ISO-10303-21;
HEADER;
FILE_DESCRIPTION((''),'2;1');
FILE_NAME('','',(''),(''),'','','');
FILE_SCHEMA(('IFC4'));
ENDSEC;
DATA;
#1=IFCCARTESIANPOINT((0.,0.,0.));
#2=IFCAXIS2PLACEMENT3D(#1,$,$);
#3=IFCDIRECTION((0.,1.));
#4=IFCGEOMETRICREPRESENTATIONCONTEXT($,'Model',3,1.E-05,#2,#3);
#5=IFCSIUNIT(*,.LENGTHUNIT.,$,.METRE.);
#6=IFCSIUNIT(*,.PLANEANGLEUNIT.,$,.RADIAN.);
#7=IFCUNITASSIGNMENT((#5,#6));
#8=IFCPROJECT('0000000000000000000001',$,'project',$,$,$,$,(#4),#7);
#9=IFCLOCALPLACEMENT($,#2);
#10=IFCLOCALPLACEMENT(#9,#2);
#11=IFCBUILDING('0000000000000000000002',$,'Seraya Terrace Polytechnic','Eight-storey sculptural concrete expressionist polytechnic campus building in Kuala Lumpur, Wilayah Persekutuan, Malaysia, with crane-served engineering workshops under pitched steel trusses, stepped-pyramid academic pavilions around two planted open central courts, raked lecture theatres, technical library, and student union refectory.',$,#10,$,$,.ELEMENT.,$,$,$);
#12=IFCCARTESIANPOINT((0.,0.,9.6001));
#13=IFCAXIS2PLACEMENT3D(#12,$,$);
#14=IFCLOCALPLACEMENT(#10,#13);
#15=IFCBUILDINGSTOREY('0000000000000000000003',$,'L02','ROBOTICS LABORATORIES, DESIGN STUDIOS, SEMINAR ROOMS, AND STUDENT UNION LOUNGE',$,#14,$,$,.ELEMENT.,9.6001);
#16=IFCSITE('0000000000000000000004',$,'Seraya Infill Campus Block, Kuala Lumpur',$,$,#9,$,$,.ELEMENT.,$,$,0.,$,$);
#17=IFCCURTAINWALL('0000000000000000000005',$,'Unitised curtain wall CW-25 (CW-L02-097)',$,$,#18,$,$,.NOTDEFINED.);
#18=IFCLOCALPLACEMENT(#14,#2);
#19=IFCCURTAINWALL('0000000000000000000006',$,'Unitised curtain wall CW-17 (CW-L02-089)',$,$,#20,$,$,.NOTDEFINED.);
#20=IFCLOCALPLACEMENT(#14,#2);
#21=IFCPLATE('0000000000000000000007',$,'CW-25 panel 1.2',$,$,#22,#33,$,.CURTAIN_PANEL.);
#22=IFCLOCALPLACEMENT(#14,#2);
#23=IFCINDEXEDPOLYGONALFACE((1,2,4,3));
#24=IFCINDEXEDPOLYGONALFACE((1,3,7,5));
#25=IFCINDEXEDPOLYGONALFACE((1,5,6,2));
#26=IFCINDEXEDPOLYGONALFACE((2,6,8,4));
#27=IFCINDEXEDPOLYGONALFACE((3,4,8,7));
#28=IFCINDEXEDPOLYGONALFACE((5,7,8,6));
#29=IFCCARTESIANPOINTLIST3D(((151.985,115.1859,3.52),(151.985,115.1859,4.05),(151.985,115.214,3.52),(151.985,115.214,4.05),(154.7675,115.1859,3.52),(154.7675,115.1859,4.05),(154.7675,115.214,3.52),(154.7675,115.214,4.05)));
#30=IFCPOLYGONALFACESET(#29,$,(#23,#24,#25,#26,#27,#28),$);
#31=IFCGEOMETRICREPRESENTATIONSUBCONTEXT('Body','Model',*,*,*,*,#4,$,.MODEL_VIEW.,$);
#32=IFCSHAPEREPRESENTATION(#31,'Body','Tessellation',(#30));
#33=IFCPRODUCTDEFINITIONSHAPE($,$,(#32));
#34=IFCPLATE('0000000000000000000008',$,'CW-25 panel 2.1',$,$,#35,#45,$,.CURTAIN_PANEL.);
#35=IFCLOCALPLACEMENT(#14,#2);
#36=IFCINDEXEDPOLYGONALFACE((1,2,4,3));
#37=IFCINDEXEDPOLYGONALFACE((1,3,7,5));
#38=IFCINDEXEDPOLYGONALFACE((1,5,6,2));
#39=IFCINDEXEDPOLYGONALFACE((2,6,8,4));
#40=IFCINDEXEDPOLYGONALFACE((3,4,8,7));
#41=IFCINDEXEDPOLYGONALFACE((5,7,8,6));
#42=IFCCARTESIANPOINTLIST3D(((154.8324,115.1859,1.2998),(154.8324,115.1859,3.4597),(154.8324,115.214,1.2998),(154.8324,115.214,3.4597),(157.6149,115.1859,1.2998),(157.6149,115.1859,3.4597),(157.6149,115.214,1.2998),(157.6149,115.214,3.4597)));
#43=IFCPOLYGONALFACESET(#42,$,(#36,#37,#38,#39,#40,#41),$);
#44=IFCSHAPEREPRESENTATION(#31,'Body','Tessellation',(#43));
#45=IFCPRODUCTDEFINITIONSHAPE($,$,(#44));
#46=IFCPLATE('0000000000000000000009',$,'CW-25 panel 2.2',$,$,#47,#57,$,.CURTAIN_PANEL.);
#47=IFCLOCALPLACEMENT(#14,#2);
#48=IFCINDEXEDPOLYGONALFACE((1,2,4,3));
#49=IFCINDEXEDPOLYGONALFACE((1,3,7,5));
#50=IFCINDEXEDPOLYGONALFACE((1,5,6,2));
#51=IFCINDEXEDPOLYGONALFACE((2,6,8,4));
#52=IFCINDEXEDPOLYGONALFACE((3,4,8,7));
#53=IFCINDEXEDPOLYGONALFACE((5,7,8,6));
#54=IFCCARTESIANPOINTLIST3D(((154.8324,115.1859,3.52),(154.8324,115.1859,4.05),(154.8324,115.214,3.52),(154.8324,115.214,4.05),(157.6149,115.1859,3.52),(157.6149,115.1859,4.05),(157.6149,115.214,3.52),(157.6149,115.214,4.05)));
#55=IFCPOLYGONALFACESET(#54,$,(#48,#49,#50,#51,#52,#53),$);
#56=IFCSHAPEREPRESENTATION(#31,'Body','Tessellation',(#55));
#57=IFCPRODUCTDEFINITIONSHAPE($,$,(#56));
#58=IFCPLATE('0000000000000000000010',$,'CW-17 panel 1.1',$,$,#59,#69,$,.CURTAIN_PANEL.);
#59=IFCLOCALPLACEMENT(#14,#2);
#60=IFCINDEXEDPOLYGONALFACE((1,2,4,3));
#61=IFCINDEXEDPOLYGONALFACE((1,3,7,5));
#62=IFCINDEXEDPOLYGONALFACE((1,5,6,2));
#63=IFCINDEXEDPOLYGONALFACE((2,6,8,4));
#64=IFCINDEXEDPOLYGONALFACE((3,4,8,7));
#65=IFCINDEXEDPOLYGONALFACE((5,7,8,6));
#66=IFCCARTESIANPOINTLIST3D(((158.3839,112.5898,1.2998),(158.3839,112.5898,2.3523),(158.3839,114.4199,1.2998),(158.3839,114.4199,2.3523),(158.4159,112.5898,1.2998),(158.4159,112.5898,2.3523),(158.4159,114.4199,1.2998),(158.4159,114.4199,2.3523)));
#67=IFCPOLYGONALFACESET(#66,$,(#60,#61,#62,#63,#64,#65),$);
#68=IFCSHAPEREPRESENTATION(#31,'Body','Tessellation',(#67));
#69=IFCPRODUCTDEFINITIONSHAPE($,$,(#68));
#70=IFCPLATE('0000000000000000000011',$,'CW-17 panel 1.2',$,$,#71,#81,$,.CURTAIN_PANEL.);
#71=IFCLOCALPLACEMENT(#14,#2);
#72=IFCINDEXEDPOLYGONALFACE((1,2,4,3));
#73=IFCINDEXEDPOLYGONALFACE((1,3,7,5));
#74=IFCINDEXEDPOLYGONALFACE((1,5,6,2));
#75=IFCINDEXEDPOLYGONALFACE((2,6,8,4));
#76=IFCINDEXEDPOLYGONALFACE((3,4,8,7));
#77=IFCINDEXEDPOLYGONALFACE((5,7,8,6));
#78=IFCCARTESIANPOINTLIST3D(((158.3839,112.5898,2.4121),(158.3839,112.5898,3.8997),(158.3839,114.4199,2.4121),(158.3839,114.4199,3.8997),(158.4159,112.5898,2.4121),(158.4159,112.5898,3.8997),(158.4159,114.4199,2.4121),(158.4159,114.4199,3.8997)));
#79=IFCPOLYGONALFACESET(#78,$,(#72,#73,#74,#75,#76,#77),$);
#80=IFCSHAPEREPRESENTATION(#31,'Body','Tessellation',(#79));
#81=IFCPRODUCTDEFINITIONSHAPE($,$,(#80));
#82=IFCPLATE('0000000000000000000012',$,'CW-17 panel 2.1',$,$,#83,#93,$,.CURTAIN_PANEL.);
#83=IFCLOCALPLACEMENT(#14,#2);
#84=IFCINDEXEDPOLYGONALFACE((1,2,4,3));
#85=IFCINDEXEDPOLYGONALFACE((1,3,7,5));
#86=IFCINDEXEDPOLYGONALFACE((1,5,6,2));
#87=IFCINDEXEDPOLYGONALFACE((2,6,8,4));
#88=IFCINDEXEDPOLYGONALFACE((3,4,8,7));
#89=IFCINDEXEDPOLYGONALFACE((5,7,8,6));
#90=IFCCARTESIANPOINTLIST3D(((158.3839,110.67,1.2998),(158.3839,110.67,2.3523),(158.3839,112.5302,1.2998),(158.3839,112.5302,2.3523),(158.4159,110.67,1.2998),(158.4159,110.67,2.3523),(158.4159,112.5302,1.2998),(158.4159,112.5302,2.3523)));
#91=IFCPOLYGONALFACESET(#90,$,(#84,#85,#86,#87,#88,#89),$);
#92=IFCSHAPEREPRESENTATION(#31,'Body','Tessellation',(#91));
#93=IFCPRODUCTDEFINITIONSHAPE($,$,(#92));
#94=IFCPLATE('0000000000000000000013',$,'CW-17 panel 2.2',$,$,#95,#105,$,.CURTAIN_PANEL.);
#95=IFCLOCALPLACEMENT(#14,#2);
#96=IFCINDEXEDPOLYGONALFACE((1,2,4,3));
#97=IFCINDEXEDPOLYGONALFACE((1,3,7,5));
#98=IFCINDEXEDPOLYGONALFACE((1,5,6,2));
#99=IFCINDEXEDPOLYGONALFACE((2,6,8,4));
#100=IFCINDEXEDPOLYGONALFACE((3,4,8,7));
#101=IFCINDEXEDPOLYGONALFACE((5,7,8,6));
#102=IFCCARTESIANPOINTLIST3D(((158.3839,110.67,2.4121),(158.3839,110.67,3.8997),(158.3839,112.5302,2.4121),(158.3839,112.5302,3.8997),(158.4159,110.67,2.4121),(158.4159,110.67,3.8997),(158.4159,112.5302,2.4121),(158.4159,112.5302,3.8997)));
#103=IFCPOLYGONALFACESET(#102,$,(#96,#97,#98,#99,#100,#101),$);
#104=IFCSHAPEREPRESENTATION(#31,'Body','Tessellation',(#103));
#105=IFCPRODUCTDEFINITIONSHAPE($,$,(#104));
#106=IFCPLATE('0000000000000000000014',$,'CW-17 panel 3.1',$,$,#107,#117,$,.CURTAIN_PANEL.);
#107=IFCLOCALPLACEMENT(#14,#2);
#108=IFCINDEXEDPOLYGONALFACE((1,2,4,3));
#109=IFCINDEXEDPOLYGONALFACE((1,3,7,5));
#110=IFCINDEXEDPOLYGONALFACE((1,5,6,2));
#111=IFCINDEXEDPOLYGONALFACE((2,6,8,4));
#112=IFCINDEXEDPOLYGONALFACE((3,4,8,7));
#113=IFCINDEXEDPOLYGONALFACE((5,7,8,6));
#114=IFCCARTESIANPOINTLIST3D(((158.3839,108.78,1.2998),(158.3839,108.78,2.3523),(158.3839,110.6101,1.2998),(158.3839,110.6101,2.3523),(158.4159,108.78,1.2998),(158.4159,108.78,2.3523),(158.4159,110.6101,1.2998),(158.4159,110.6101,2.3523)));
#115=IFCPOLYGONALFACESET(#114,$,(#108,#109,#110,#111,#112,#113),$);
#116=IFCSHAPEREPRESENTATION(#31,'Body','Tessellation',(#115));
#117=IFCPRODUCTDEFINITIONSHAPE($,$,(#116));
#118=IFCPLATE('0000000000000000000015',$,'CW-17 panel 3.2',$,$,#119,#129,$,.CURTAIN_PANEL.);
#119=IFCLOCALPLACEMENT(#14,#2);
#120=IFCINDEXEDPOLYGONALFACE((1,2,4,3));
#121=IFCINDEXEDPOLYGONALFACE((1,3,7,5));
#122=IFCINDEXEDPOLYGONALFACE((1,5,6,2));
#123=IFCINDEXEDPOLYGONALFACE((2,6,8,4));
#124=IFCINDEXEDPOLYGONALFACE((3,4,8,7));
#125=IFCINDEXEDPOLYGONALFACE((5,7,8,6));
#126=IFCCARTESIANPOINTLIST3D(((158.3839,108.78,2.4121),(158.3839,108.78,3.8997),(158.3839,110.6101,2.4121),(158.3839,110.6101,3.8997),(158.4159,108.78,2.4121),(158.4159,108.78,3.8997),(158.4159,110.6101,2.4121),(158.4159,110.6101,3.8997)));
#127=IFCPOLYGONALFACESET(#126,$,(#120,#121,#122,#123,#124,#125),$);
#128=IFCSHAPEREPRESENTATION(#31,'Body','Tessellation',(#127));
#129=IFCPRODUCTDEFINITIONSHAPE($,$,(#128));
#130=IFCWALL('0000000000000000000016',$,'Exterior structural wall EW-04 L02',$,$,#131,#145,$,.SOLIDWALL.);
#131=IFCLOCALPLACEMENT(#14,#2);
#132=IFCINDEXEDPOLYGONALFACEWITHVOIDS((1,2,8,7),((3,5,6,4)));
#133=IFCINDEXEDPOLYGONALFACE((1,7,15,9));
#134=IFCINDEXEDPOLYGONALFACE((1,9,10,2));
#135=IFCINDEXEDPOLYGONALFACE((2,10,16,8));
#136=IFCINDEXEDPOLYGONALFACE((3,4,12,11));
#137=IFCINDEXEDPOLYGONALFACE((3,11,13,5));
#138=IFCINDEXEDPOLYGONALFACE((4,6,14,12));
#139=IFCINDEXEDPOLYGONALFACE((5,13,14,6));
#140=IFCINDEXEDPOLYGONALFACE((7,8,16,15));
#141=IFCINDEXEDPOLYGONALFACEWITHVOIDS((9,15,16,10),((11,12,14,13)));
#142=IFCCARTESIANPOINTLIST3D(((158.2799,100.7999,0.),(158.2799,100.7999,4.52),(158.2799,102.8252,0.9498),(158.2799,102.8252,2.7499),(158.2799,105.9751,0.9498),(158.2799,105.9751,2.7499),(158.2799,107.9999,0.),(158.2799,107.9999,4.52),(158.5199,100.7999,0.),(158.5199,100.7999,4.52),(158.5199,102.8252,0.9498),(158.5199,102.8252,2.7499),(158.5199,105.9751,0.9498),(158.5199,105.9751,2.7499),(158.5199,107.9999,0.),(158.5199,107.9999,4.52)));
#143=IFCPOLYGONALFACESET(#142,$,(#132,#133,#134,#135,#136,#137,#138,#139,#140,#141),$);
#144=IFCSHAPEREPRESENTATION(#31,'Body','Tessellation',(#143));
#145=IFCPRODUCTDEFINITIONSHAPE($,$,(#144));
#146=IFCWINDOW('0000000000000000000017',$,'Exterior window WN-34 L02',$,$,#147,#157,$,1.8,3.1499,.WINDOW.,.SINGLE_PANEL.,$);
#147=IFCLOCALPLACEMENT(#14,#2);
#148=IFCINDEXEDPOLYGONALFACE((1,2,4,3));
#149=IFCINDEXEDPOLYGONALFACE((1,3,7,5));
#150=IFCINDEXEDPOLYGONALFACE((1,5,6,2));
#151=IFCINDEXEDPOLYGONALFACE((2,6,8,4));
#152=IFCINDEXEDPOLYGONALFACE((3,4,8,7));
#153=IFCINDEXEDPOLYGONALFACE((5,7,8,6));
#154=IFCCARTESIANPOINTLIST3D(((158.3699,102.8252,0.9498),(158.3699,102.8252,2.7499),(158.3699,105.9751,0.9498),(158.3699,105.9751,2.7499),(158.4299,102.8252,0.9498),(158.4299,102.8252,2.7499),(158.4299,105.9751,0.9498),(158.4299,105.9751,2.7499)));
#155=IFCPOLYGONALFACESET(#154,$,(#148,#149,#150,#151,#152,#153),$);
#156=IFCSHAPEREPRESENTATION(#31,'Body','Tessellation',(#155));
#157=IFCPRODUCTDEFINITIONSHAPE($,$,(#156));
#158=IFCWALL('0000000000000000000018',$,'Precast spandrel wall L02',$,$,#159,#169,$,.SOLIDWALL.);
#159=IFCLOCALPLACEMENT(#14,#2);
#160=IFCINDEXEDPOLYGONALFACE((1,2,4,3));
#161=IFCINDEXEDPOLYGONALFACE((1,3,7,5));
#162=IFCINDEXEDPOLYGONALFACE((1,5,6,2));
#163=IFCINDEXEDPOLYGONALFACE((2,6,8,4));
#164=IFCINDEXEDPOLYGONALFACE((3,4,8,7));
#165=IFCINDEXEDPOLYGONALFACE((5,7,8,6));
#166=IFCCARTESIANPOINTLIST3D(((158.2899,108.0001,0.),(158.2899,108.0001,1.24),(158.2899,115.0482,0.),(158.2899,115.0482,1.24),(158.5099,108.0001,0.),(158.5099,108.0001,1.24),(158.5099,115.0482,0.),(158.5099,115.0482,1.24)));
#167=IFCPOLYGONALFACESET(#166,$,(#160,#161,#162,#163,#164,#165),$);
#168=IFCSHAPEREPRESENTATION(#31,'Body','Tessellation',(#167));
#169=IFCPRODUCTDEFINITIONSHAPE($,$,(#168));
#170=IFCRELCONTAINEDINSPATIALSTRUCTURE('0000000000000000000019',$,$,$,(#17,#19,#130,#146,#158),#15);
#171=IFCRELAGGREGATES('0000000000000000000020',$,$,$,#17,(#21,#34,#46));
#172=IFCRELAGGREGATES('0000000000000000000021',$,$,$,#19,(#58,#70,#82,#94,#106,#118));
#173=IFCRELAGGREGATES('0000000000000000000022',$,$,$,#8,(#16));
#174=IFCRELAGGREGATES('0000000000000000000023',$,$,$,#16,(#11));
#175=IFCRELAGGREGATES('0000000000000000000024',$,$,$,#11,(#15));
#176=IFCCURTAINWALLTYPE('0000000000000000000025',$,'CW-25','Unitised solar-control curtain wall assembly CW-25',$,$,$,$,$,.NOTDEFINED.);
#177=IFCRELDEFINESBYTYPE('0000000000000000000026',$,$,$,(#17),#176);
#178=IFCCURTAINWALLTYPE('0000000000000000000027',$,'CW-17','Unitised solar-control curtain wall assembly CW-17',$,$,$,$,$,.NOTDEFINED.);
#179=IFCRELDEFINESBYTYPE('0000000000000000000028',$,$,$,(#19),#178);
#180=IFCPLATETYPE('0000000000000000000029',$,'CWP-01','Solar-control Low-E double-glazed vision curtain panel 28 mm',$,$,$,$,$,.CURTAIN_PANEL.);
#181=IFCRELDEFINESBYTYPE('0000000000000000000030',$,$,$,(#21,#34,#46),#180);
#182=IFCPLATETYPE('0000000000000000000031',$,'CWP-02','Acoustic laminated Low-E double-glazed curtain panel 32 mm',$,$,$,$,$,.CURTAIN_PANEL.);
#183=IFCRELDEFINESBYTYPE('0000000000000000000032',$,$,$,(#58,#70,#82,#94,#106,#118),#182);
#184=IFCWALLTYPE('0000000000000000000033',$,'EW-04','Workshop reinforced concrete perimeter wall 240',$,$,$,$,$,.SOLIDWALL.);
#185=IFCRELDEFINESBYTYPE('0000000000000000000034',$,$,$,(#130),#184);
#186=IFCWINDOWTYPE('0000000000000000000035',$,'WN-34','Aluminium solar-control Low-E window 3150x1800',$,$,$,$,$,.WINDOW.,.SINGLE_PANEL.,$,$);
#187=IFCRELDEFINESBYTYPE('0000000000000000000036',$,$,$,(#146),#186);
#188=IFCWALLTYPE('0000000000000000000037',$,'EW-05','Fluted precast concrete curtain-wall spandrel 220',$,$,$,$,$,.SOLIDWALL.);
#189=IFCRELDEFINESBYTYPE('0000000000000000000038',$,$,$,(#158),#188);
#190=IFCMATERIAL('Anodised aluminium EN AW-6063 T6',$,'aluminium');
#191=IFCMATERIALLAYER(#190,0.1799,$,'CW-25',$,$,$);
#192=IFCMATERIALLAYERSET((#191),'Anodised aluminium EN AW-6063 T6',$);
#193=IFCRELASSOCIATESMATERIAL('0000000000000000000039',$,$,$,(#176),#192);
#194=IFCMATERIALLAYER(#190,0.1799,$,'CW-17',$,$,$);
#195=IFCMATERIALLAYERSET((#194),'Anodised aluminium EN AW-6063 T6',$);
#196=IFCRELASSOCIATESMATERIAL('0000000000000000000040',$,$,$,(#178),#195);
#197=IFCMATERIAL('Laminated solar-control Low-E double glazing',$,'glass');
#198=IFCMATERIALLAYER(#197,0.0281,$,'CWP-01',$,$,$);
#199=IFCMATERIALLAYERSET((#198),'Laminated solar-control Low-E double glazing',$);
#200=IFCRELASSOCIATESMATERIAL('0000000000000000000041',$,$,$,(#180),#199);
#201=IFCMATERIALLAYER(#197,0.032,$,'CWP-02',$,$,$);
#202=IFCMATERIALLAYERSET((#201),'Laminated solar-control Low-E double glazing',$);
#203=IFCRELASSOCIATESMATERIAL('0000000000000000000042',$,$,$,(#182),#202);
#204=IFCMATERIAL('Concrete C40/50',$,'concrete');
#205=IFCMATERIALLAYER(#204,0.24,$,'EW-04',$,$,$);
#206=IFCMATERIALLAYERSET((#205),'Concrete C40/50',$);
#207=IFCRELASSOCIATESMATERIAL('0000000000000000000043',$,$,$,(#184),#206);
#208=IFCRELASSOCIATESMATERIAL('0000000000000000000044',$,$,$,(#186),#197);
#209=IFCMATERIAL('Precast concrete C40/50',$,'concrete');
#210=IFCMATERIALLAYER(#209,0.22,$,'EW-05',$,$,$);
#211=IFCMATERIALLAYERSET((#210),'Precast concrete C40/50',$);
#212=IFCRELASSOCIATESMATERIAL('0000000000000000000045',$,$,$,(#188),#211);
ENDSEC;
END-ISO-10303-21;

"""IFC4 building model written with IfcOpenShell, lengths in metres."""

from ifc_helpers import new_model, si_unit, direction, frame, frame_2d, origin, origin_2d, place, context, subcontext, project, spatial, rectangle, extrude, material, layer, layer_set, type_object, element, fill, aggregate, save


model = new_model("IFC4")

# Units and contexts
model_context = context("Model", 3, precision=1e-05, world=origin(), true_north=direction((0.0, 1.0)))
body_context = subcontext(model_context, "Body", "Model", "MODEL_VIEW")
ifc_project = project(units=[si_unit("LENGTHUNIT", "METRE"), si_unit("PLANEANGLEUNIT", "RADIAN")], contexts=[model_context])

# Site, building, storey
site_placement = place(None, origin())
site = spatial("IfcSite", under=ifc_project, at=site_placement, Name="Seraya Infill Campus Block, Kuala Lumpur", CompositionType="ELEMENT", RefElevation=0.0)
building_placement = place(site_placement, origin())
building = spatial("IfcBuilding", under=site, at=building_placement, Name="Seraya Terrace Polytechnic", Description="Eight-storey sculptural concrete expressionist polytechnic campus building in Kuala Lumpur, Wilayah Persekutuan, Malaysia, with crane-served engineering workshops under pitched steel trusses, stepped-pyramid academic pavilions around two planted open central courts, raked lecture theatres, technical library, and student union refectory.", CompositionType="ELEMENT")
storey_placement = place(building_placement, frame((0.0, 0.0, 9.6001)))
storey = spatial("IfcBuildingStorey", under=building, at=storey_placement, Name="L02", Description="ROBOTICS LABORATORIES, DESIGN STUDIOS, SEMINAR ROOMS, AND STUDENT UNION LOUNGE", CompositionType="ELEMENT", Elevation=9.6001)

# Shared definitions
ifc_material_1 = material(Name="Concrete C40/50", Category="concrete")

# Curtain walls
ifc_material_2 = material(Name="Anodised aluminium EN AW-6063 T6", Category="aluminium")
ifc_layer_1 = layer(ifc_material_2, 0.1799, Name="CW-25")
ifc_layer_set_1 = layer_set([ifc_layer_1], Name="Anodised aluminium EN AW-6063 T6")
curtain_wall_type_1 = type_object("IfcCurtainWallType", Name="CW-25", Description="Unitised solar-control curtain wall assembly CW-25", PredefinedType="NOTDEFINED", material=ifc_layer_set_1)
curtain_wall_1_placement = place(storey_placement, origin())
curtain_wall_1 = element("IfcCurtainWall", 1, at=curtain_wall_1_placement, inside=storey, type_object=curtain_wall_type_1, Name="Unitised curtain wall CW-25 (CW-L02-097)", PredefinedType="NOTDEFINED")
ifc_layer_2 = layer(ifc_material_2, 0.1799, Name="CW-17")
ifc_layer_set_2 = layer_set([ifc_layer_2], Name="Anodised aluminium EN AW-6063 T6")
curtain_wall_type_2 = type_object("IfcCurtainWallType", Name="CW-17", Description="Unitised solar-control curtain wall assembly CW-17", PredefinedType="NOTDEFINED", material=ifc_layer_set_2)
curtain_wall_2_placement = place(storey_placement, origin())
curtain_wall_2 = element("IfcCurtainWall", 2, at=curtain_wall_2_placement, inside=storey, type_object=curtain_wall_type_2, Name="Unitised curtain wall CW-17 (CW-L02-089)", PredefinedType="NOTDEFINED")

# Plates
ifc_material_3 = material(Name="Laminated solar-control Low-E double glazing", Category="glass")
ifc_layer_3 = layer(ifc_material_3, 0.0281, Name="CWP-01")
ifc_layer_set_3 = layer_set([ifc_layer_3], Name="Laminated solar-control Low-E double glazing")
plate_type_1 = type_object("IfcPlateType", Name="CWP-01", Description="Solar-control Low-E double-glazed vision curtain panel 28 mm", PredefinedType="CURTAIN_PANEL", material=ifc_layer_set_3)
plate_1_placement = place(storey_placement, frame((153.3762, 115.2, 3.52), z_axis=(0.0, 0.0, 1.0), x_axis=(1.0, 0.0, 0.0)))
plate_1 = element("IfcPlate", 3, at=plate_1_placement, type_object=plate_type_1, Name="CW-25 panel 1.2", PredefinedType="CURTAIN_PANEL", context=body_context, shape_type="SweptSolid", body=[
    extrude(rectangle(XDim=2.7825, YDim=0.0281, at=origin_2d()), origin(), (0.0, 0.0, 1.0), 0.53),
])
plate_2_placement = place(storey_placement, frame((156.2236, 115.2, 1.2998), z_axis=(0.0, 0.0, 1.0), x_axis=(1.0, 0.0, 0.0)))
plate_2 = element("IfcPlate", 4, at=plate_2_placement, type_object=plate_type_1, Name="CW-25 panel 2.1", PredefinedType="CURTAIN_PANEL", context=body_context, shape_type="SweptSolid", body=[
    extrude(rectangle(XDim=2.7825, YDim=0.0281, at=origin_2d()), origin(), (0.0, 0.0, 1.0), 2.1599),
])
plate_3_placement = place(storey_placement, frame((156.2236, 115.2, 3.52), z_axis=(0.0, 0.0, 1.0), x_axis=(1.0, 0.0, 0.0)))
plate_3 = element("IfcPlate", 5, at=plate_3_placement, type_object=plate_type_1, Name="CW-25 panel 2.2", PredefinedType="CURTAIN_PANEL", context=body_context, shape_type="SweptSolid", body=[
    extrude(rectangle(XDim=2.7825, YDim=0.0281, at=origin_2d()), origin(), (0.0, 0.0, 1.0), 0.53),
])
aggregate(curtain_wall_1, [plate_1, plate_2, plate_3])
ifc_layer_4 = layer(ifc_material_3, 0.032, Name="CWP-02")
ifc_layer_set_4 = layer_set([ifc_layer_4], Name="Laminated solar-control Low-E double glazing")
plate_type_2 = type_object("IfcPlateType", Name="CWP-02", Description="Acoustic laminated Low-E double-glazed curtain panel 32 mm", PredefinedType="CURTAIN_PANEL", material=ifc_layer_set_4)
plate_4_placement = place(storey_placement, frame((158.3999, 113.5049, 1.2998), z_axis=(0.0, 0.0, 1.0), x_axis=(0.0, -1.0, 0.0)))
plate_4 = element("IfcPlate", 6, at=plate_4_placement, type_object=plate_type_2, Name="CW-17 panel 1.1", PredefinedType="CURTAIN_PANEL", context=body_context, shape_type="SweptSolid", body=[
    extrude(rectangle(XDim=1.8301, YDim=0.032, at=origin_2d()), origin(), (0.0, 0.0, 1.0), 1.0525),
])
plate_5_placement = place(storey_placement, frame((158.3999, 113.5049, 2.4121), z_axis=(0.0, 0.0, 1.0), x_axis=(0.0, -1.0, 0.0)))
plate_5 = element("IfcPlate", 7, at=plate_5_placement, type_object=plate_type_2, Name="CW-17 panel 1.2", PredefinedType="CURTAIN_PANEL", context=body_context, shape_type="SweptSolid", body=[
    extrude(rectangle(XDim=1.8301, YDim=0.032, at=origin_2d()), origin(), (0.0, 0.0, 1.0), 1.4875),
])
plate_6_placement = place(storey_placement, frame((158.3999, 111.6001, 1.2998), z_axis=(0.0, 0.0, 1.0), x_axis=(0.0, -1.0, 0.0)))
plate_6 = element("IfcPlate", 8, at=plate_6_placement, type_object=plate_type_2, Name="CW-17 panel 2.1", PredefinedType="CURTAIN_PANEL", context=body_context, shape_type="SweptSolid", body=[
    extrude(rectangle(XDim=1.8601, YDim=0.032, at=origin_2d()), origin(), (0.0, 0.0, 1.0), 1.0525),
])
plate_7_placement = place(storey_placement, frame((158.3999, 111.6001, 2.4121), z_axis=(0.0, 0.0, 1.0), x_axis=(0.0, -1.0, 0.0)))
plate_7 = element("IfcPlate", 9, at=plate_7_placement, type_object=plate_type_2, Name="CW-17 panel 2.2", PredefinedType="CURTAIN_PANEL", context=body_context, shape_type="SweptSolid", body=[
    extrude(rectangle(XDim=1.8601, YDim=0.032, at=origin_2d()), origin(), (0.0, 0.0, 1.0), 1.4875),
])
plate_8_placement = place(storey_placement, frame((158.3999, 109.6951, 1.2998), z_axis=(0.0, 0.0, 1.0), x_axis=(0.0, -1.0, 0.0)))
plate_8 = element("IfcPlate", 10, at=plate_8_placement, type_object=plate_type_2, Name="CW-17 panel 3.1", PredefinedType="CURTAIN_PANEL", context=body_context, shape_type="SweptSolid", body=[
    extrude(rectangle(XDim=1.8301, YDim=0.032, at=origin_2d()), origin(), (0.0, 0.0, 1.0), 1.0525),
])
plate_9_placement = place(storey_placement, frame((158.3999, 109.6951, 2.4121), z_axis=(0.0, 0.0, 1.0), x_axis=(0.0, -1.0, 0.0)))
plate_9 = element("IfcPlate", 11, at=plate_9_placement, type_object=plate_type_2, Name="CW-17 panel 3.2", PredefinedType="CURTAIN_PANEL", context=body_context, shape_type="SweptSolid", body=[
    extrude(rectangle(XDim=1.8301, YDim=0.032, at=origin_2d()), origin(), (0.0, 0.0, 1.0), 1.4875),
])
aggregate(curtain_wall_2, [plate_4, plate_5, plate_6, plate_7, plate_8, plate_9])

# Wall, opening, window
ifc_layer_5 = layer(ifc_material_1, 0.24, Name="EW-04")
ifc_layer_set_5 = layer_set([ifc_layer_5], Name="Concrete C40/50")
wall_type_1 = type_object("IfcWallType", Name="EW-04", Description="Workshop reinforced concrete perimeter wall 240", PredefinedType="SOLIDWALL", material=ifc_layer_set_5)
wall_1_placement = place(storey_placement, frame((158.3999, 108.0, 0.0), z_axis=(0.0, 0.0, 1.0), x_axis=(0.0, -1.0, 0.0)))
wall_1 = element("IfcWall", 12, at=wall_1_placement, inside=storey, type_object=wall_type_1, Name="Exterior structural wall EW-04 L02", PredefinedType="SOLIDWALL", context=body_context, shape_type="SweptSolid", body=[
    extrude(rectangle(XDim=7.2, YDim=0.24, at=frame_2d((3.6001, 0.0))), origin(), (0.0, 0.0, 1.0), 4.52),
])
opening_placement = place(wall_1_placement, frame((2.0249, 0.0, 0.95)))
opening = element("IfcOpeningElement", 13, at=opening_placement, cuts=wall_1, PredefinedType="OPENING", context=body_context, shape_type="SweptSolid", body=[
    extrude(rectangle(XDim=3.1499, YDim=1.8, at=frame_2d((1.575, 0.8999))), frame((0.0, 0.1318, 0.0), z_axis=(0.0, -1.0, 0.0), x_axis=(1.0, 0.0, 0.0)), (0.0, 0.0, 1.0), 0.2639),
])
window_type = type_object("IfcWindowType", Name="WN-34", Description="Aluminium solar-control Low-E window 3150x1800", PartitioningType="SINGLE_PANEL", PredefinedType="WINDOW", material=ifc_material_3)
window_placement = place(opening_placement, origin())
window = element("IfcWindow", 14, at=window_placement, inside=storey, type_object=window_type, Name="Exterior window WN-34 L02", OverallHeight=1.8, OverallWidth=3.1499, PartitioningType="SINGLE_PANEL", PredefinedType="WINDOW", context=body_context, shape_type="SweptSolid", body=[
    extrude(rectangle(XDim=3.1499, YDim=1.8, at=frame_2d((1.575, 0.8999))), frame((0.0, 0.03, 0.0), z_axis=(0.0, -1.0, 0.0), x_axis=(1.0, 0.0, 0.0)), (0.0, 0.0, 1.0), 0.0601),
])
fill(opening, window)

# Wall
ifc_material_4 = material(Name="Precast concrete C40/50", Category="concrete")
ifc_layer_6 = layer(ifc_material_4, 0.22, Name="EW-05")
ifc_layer_set_6 = layer_set([ifc_layer_6], Name="Precast concrete C40/50")
wall_type_2 = type_object("IfcWallType", Name="EW-05", Description="Fluted precast concrete curtain-wall spandrel 220", PredefinedType="SOLIDWALL", material=ifc_layer_set_6)
wall_2_placement = place(storey_placement, frame((158.3999, 115.0481, 0.0), z_axis=(0.0, 0.0, 1.0), x_axis=(0.0, -1.0, 0.0)))
element("IfcWall", 15, at=wall_2_placement, inside=storey, type_object=wall_type_2, Name="Precast spandrel wall L02", PredefinedType="SOLIDWALL", context=body_context, shape_type="SweptSolid", body=[
    extrude(rectangle(XDim=7.0481, YDim=0.22, at=frame_2d((3.5239, 0.0))), origin(), (0.0, 0.0, 1.0), 1.24),
])

save(model, "model.ifc")
